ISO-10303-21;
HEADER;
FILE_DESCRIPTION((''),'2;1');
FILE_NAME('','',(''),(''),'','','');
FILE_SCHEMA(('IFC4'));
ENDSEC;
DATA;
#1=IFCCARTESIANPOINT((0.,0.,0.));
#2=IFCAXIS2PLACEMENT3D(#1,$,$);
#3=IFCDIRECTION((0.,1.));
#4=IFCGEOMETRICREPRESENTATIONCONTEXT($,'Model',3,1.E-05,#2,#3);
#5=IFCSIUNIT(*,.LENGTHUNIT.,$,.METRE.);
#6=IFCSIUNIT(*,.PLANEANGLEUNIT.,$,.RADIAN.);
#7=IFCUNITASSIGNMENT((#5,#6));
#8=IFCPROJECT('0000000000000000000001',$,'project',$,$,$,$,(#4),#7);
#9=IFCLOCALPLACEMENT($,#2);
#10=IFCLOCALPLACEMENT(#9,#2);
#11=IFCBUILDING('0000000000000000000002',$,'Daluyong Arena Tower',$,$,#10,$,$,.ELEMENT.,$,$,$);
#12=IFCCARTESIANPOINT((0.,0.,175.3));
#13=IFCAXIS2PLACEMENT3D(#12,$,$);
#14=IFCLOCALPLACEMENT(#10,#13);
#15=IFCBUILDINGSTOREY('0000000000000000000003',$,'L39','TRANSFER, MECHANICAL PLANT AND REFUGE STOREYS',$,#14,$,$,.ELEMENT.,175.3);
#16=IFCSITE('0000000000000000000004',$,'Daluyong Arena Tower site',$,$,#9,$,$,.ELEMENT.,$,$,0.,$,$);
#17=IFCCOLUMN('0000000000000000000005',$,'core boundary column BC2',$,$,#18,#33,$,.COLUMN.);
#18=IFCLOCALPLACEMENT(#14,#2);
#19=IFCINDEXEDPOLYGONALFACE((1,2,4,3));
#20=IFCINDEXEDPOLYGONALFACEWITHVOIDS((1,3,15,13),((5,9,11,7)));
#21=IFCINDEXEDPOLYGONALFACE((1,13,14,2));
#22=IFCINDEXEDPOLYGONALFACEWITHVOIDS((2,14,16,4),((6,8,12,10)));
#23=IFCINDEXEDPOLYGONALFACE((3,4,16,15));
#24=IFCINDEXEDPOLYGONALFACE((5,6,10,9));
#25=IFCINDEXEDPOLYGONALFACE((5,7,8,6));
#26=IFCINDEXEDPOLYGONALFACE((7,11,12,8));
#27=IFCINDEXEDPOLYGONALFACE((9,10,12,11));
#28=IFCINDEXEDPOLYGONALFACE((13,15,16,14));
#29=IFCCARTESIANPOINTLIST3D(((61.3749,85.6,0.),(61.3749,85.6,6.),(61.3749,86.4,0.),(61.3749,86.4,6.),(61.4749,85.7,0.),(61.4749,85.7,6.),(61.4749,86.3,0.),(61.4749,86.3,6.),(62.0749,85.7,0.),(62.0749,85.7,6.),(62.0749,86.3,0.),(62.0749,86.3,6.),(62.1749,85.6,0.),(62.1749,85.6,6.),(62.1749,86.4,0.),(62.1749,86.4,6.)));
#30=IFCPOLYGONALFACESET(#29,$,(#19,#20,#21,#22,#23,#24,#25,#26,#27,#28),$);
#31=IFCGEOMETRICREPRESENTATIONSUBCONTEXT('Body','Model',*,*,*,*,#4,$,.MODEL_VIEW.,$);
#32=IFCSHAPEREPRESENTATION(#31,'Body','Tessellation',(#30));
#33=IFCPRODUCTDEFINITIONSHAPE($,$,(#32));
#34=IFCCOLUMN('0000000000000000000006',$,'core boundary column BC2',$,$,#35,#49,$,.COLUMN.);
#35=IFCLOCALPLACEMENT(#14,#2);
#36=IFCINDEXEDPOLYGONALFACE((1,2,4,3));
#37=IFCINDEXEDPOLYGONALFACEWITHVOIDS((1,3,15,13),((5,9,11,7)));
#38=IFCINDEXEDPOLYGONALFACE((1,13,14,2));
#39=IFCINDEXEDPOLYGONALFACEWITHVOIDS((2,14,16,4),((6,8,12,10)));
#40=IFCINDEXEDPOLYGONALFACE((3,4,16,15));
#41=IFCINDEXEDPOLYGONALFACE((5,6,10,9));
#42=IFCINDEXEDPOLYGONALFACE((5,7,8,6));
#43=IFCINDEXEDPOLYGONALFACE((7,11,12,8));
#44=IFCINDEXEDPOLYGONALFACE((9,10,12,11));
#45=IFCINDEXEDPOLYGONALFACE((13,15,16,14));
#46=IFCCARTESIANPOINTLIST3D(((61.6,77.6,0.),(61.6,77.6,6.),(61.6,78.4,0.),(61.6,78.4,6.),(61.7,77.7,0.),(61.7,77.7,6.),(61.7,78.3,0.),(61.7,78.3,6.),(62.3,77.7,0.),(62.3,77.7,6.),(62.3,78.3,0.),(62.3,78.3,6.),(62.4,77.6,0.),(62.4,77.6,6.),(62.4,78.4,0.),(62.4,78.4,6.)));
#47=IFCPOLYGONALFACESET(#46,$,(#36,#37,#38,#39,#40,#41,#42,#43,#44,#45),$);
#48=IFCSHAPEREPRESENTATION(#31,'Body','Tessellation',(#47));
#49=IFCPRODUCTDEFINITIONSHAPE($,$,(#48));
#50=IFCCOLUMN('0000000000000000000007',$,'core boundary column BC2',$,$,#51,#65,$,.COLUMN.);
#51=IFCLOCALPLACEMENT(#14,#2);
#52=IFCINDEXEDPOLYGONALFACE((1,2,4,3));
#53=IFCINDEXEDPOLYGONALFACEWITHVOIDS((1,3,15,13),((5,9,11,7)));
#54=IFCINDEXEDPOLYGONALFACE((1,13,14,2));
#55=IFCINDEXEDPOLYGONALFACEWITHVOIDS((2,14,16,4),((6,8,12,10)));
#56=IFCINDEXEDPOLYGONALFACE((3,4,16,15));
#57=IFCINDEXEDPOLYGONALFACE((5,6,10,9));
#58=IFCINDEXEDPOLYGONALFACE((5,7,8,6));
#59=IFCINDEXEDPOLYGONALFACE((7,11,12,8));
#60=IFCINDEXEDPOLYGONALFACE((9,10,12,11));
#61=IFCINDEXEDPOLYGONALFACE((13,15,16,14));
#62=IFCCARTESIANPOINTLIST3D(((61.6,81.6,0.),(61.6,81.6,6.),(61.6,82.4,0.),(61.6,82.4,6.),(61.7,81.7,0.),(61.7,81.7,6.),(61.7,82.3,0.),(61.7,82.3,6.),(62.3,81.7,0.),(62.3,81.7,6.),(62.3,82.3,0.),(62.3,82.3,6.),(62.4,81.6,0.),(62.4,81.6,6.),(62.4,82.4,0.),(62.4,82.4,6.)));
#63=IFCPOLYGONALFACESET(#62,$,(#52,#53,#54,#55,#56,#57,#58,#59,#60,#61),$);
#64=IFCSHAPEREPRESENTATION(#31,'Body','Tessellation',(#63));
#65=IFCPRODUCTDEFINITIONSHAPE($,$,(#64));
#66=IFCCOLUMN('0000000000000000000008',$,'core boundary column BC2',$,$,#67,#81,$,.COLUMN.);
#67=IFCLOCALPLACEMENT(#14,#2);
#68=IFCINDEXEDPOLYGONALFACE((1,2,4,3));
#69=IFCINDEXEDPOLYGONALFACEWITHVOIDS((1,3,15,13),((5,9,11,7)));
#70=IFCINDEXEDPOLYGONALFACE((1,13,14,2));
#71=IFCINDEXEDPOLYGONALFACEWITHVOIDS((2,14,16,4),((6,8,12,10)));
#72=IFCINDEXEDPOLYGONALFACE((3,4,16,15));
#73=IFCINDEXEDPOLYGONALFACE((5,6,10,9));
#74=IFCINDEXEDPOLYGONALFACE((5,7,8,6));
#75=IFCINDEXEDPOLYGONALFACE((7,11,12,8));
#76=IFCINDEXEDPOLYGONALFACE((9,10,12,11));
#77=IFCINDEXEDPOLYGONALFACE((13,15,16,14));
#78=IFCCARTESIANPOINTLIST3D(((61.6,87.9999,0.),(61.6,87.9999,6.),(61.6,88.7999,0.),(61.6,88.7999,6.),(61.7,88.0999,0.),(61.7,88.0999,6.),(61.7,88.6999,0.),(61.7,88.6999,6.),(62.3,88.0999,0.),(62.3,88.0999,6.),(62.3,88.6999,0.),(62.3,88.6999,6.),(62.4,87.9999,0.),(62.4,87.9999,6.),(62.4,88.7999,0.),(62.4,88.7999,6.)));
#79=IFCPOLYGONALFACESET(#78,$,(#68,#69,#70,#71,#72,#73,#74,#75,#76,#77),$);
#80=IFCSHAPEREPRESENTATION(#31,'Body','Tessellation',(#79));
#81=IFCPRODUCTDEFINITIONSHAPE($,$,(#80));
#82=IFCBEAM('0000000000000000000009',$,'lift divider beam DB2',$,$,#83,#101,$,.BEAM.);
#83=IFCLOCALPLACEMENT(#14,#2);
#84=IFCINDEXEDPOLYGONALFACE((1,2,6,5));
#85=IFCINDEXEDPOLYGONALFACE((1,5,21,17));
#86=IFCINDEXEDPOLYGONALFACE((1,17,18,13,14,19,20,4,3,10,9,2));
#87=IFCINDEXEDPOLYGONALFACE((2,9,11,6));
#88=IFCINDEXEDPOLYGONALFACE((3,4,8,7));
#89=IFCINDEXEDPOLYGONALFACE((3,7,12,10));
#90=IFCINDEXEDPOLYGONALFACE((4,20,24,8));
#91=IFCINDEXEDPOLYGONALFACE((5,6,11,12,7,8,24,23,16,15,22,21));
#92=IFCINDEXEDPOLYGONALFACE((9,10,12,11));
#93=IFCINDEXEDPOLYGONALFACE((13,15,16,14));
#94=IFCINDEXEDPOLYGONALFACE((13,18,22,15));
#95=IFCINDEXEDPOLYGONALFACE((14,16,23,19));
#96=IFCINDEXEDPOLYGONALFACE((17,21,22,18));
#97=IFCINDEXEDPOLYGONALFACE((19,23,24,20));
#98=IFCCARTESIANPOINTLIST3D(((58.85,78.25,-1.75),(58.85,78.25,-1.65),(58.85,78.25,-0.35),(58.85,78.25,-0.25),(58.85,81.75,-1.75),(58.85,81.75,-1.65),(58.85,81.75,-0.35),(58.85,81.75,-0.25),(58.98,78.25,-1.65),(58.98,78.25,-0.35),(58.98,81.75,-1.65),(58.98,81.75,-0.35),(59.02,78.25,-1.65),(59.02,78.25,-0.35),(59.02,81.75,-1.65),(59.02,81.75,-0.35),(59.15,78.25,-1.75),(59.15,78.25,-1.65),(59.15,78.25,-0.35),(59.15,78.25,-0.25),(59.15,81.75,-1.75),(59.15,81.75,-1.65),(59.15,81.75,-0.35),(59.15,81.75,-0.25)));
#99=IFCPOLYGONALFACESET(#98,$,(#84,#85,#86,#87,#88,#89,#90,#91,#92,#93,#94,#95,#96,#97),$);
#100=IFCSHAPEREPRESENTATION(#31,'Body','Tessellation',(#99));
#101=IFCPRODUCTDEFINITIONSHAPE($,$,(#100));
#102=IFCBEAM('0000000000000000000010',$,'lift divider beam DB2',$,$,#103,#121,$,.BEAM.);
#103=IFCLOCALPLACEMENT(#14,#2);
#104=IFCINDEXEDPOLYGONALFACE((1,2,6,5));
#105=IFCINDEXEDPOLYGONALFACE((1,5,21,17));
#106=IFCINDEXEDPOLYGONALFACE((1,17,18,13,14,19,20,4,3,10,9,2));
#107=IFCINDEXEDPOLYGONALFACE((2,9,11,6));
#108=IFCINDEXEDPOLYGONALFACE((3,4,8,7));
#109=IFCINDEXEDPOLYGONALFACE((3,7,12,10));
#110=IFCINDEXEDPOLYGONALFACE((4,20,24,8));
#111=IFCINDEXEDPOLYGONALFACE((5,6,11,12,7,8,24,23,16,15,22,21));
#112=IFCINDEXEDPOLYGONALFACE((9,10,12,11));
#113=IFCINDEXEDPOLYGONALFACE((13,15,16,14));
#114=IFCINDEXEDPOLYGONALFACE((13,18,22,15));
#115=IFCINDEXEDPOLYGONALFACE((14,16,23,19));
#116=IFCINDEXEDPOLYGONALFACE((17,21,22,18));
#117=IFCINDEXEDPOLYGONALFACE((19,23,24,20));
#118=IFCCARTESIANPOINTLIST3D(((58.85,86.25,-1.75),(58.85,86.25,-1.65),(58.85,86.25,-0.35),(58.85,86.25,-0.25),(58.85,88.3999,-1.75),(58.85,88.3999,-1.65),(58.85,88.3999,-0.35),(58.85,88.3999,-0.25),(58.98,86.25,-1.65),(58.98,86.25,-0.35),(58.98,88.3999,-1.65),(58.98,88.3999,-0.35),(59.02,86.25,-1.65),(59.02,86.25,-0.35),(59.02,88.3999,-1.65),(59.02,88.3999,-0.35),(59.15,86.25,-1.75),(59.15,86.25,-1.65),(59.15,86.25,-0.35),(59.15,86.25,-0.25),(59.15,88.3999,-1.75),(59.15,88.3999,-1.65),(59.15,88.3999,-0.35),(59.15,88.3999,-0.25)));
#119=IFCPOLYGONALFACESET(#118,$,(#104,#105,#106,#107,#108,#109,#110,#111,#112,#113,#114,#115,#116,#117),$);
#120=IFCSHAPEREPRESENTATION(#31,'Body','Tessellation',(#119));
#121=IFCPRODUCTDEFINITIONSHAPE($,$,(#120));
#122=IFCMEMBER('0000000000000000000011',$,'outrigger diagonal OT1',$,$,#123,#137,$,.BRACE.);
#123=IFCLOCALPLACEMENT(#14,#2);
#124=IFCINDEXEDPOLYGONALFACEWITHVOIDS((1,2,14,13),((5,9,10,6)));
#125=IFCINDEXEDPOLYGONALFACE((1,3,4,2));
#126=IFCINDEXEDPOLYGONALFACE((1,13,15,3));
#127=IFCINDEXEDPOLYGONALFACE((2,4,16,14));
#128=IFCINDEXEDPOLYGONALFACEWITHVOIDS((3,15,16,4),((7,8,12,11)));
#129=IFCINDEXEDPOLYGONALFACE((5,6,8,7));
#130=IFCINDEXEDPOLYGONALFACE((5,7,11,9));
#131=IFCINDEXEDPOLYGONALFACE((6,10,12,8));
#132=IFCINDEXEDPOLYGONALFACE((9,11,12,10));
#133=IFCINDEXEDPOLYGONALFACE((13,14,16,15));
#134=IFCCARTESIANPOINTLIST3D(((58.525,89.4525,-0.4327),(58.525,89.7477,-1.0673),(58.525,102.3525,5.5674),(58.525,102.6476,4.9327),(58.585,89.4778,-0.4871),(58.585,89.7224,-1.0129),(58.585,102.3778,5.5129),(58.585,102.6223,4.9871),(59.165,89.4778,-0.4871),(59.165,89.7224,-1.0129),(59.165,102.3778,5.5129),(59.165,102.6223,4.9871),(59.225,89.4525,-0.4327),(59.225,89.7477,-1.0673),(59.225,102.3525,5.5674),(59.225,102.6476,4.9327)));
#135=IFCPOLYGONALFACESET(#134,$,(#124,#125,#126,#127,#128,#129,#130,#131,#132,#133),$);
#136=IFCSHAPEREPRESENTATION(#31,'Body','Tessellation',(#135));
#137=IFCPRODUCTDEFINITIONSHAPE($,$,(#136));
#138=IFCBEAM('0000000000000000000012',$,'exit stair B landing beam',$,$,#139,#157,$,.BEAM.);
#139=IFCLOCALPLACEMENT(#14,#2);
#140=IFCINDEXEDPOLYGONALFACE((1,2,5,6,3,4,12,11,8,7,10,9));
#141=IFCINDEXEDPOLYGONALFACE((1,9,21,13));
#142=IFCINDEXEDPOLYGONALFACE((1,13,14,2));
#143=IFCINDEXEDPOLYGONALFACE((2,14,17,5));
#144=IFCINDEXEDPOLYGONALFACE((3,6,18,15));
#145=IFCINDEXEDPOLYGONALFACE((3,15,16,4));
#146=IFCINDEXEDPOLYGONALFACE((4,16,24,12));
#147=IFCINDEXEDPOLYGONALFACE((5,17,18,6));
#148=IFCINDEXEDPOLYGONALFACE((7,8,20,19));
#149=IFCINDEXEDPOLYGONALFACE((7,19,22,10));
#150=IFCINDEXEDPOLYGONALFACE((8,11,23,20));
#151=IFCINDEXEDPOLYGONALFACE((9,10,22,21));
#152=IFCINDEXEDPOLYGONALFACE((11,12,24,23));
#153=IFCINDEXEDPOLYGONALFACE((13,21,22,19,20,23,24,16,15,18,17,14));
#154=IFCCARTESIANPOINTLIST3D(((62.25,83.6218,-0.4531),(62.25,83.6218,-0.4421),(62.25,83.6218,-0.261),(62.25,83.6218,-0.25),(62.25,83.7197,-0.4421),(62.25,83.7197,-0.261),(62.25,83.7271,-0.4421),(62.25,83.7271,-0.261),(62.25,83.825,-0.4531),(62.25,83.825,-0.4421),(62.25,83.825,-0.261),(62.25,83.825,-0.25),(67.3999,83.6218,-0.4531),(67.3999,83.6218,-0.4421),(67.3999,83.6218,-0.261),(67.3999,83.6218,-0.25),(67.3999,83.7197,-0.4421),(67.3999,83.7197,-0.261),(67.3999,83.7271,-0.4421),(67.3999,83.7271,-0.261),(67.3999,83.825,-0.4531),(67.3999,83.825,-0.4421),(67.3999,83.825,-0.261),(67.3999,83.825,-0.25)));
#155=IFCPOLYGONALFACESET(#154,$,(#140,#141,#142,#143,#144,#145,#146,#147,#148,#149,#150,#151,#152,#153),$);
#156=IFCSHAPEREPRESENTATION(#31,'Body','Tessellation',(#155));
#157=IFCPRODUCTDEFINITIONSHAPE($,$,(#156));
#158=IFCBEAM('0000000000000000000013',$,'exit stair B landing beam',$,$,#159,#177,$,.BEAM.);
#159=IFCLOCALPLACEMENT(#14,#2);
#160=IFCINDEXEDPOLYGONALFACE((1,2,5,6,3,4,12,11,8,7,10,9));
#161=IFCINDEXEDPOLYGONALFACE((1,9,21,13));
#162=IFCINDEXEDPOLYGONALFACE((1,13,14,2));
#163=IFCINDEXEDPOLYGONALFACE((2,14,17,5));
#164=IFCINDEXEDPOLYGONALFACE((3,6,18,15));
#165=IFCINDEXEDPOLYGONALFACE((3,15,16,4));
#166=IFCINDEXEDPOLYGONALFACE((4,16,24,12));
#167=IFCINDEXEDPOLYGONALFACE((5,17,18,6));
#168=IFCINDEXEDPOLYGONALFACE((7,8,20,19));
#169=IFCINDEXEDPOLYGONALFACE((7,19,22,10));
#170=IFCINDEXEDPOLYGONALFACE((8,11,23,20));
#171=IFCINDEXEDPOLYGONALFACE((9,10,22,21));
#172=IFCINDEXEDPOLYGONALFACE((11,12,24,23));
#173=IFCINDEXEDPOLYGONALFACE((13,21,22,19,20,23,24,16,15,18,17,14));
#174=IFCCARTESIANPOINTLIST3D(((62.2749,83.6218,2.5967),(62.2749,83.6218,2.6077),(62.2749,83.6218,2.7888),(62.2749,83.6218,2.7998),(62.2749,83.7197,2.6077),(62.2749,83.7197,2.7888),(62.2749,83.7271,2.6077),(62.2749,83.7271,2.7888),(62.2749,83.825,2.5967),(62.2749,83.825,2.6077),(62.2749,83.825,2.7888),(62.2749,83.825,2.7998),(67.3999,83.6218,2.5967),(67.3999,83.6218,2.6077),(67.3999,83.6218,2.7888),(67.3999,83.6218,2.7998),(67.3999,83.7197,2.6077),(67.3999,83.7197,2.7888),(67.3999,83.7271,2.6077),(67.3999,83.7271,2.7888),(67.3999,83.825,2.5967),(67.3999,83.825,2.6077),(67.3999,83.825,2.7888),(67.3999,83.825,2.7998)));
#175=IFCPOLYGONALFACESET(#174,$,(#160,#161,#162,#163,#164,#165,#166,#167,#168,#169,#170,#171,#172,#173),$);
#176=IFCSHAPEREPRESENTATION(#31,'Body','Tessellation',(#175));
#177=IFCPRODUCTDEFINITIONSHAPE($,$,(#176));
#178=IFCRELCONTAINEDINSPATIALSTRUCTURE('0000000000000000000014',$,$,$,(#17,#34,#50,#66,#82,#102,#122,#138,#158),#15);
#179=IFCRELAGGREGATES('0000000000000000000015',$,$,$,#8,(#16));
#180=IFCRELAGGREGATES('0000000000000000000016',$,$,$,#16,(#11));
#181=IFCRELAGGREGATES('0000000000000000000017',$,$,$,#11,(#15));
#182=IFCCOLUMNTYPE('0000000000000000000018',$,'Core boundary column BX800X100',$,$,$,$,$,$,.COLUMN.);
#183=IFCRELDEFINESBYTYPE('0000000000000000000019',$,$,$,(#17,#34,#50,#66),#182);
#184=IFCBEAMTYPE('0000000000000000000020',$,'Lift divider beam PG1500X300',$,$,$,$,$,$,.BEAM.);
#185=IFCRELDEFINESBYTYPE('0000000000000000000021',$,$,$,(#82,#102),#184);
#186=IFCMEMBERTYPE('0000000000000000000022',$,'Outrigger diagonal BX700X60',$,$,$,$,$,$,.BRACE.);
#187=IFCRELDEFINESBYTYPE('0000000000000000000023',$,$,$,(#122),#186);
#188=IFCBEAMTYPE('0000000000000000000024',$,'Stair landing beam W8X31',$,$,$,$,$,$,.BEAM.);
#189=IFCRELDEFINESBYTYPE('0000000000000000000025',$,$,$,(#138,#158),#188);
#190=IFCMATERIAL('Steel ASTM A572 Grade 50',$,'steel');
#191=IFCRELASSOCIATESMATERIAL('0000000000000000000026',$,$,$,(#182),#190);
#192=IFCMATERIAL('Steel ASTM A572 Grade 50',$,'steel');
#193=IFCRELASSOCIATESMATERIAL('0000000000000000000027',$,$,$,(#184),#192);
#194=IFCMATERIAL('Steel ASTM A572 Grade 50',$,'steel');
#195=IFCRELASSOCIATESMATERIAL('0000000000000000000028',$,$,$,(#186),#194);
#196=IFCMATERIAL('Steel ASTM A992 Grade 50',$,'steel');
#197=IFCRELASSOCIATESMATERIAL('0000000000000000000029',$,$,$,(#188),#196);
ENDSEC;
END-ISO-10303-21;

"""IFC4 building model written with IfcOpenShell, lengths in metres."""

from ifc_helpers import new_model, si_unit, direction, frame, origin, origin_2d, place, context, subcontext, project, spatial, hollow_rectangle, i_section, extrude, material, material_profile, profile_set, type_object, element, save


model = new_model("IFC4")

# Units and contexts
model_context = context("Model", 3, precision=1e-05, world=origin(), true_north=direction((0.0, 1.0)))
body_context = subcontext(model_context, "Body", "Model", "MODEL_VIEW")
ifc_project = project(units=[si_unit("LENGTHUNIT", "METRE"), si_unit("PLANEANGLEUNIT", "RADIAN")], contexts=[model_context])

# Site, building, storey
site_placement = place(None, origin())
site = spatial("IfcSite", under=ifc_project, at=site_placement, Name="Daluyong Arena Tower site", CompositionType="ELEMENT", RefElevation=0.0)
building_placement = place(site_placement, origin())
building = spatial("IfcBuilding", under=site, at=building_placement, Name="Daluyong Arena Tower", CompositionType="ELEMENT")
storey_placement = place(building_placement, frame((0.0, 0.0, 175.3)))
storey = spatial("IfcBuildingStorey", under=building, at=storey_placement, Name="L39", Description="TRANSFER, MECHANICAL PLANT AND REFUGE STOREYS", CompositionType="ELEMENT", Elevation=175.3)

# Columns
ifc_material_1 = material(Name="Steel ASTM A572 Grade 50", Category="steel")
ifc_material_profile_1 = material_profile(ifc_material_1, hollow_rectangle(XDim=0.8, YDim=0.8, WallThickness=0.1, at=origin_2d()))
ifc_profile_set_1 = profile_set([ifc_material_profile_1], Name="Steel ASTM A572 Grade 50")
column_type = type_object("IfcColumnType", Name="Core boundary column BX800X100", PredefinedType="COLUMN", material=ifc_profile_set_1)
for number, where, z_axis, x_axis, name in (
    (1, (61.7749, 86.0, 0.0), (0.0, 0.0, 1.0), (1.0, 0.0, 0.0), "core boundary column BC2"),
    (2, (62.0, 78.0, 0.0), (0.0, 0.0, 1.0), (1.0, 0.0, 0.0), "core boundary column BC2"),
    (3, (62.0, 82.0, 0.0), (0.0, 0.0, 1.0), (1.0, 0.0, 0.0), "core boundary column BC2"),
    (4, (62.0, 88.3999, 0.0), (0.0, 0.0, 1.0), (1.0, 0.0, 0.0), "core boundary column BC2"),
):
    element("IfcColumn", number, at=place(storey_placement, frame(where, z_axis=z_axis, x_axis=x_axis)), inside=storey, type_object=column_type, Name=name, PredefinedType="COLUMN", context=body_context, shape_type="SweptSolid", body=[
        extrude(hollow_rectangle(XDim=0.8, YDim=0.8, WallThickness=0.1, at=origin_2d()), origin(), (0.0, 0.0, 1.0), 6.0),
    ])

# Beams
ifc_material_2 = material(Name="Steel ASTM A572 Grade 50", Category="steel")
ifc_material_profile_2 = material_profile(ifc_material_2, i_section(OverallWidth=0.3, OverallDepth=1.5, WebThickness=0.04, FlangeThickness=0.1, at=origin_2d()))
ifc_profile_set_2 = profile_set([ifc_material_profile_2], Name="Steel ASTM A572 Grade 50")
beam_type_1 = type_object("IfcBeamType", Name="Lift divider beam PG1500X300", PredefinedType="BEAM", material=ifc_profile_set_2)
beam_1_placement = place(storey_placement, frame((59.0, 78.25, -1.0), z_axis=(0.0, 1.0, 0.0), x_axis=(-1.0, 0.0, 0.0)))
element("IfcBeam", 5, at=beam_1_placement, inside=storey, type_object=beam_type_1, Name="lift divider beam DB2", PredefinedType="BEAM", context=body_context, shape_type="SweptSolid", body=[
    extrude(i_section(OverallWidth=0.3, OverallDepth=1.5, WebThickness=0.04, FlangeThickness=0.1, at=origin_2d()), origin(), (0.0, 0.0, 1.0), 3.5),
])
beam_2_placement = place(storey_placement, frame((59.0, 86.25, -1.0), z_axis=(0.0, 1.0, 0.0), x_axis=(-1.0, 0.0, 0.0)))
element("IfcBeam", 6, at=beam_2_placement, inside=storey, type_object=beam_type_1, Name="lift divider beam DB2", PredefinedType="BEAM", context=body_context, shape_type="SweptSolid", body=[
    extrude(i_section(OverallWidth=0.3, OverallDepth=1.5, WebThickness=0.04, FlangeThickness=0.1, at=origin_2d()), origin(), (0.0, 0.0, 1.0), 2.1499),
])

# Member
ifc_material_3 = material(Name="Steel ASTM A572 Grade 50", Category="steel")
ifc_material_profile_3 = material_profile(ifc_material_3, hollow_rectangle(XDim=0.7, YDim=0.7, WallThickness=0.06, at=origin_2d()))
ifc_profile_set_3 = profile_set([ifc_material_profile_3], Name="Steel ASTM A572 Grade 50")
member_type = type_object("IfcMemberType", Name="Outrigger diagonal BX700X60", PredefinedType="BRACE", material=ifc_profile_set_3)
member_placement = place(storey_placement, frame((58.875, 89.6001, -0.75), z_axis=(0.0, 0.90672, 0.421733), x_axis=(-1.0, 0.0, 0.0)))
element("IfcMember", 7, at=member_placement, inside=storey, type_object=member_type, Name="outrigger diagonal OT1", PredefinedType="BRACE", context=body_context, shape_type="SweptSolid", body=[
    extrude(hollow_rectangle(XDim=0.7, YDim=0.7, WallThickness=0.06, at=origin_2d()), origin(), (0.0, 0.0, 1.0), 14.2271),
])

# Beams
ifc_material_4 = material(Name="Steel ASTM A992 Grade 50", Category="steel")
ifc_material_profile_4 = material_profile(ifc_material_4, i_section(OverallWidth=0.2031, OverallDepth=0.2031, WebThickness=0.0073, FlangeThickness=0.011, at=origin_2d()))
ifc_profile_set_4 = profile_set([ifc_material_profile_4], Name="Steel ASTM A992 Grade 50")
beam_type_2 = type_object("IfcBeamType", Name="Stair landing beam W8X31", PredefinedType="BEAM", material=ifc_profile_set_4)
beam_3_placement = place(storey_placement, frame((62.25, 83.7234, -0.3516), z_axis=(1.0, 0.0, 0.0), x_axis=(0.0, 1.0, 0.0)))
element("IfcBeam", 8, at=beam_3_placement, inside=storey, type_object=beam_type_2, Name="exit stair B landing beam", PredefinedType="BEAM", context=body_context, shape_type="SweptSolid", body=[
    extrude(i_section(OverallWidth=0.2031, OverallDepth=0.2031, WebThickness=0.0073, FlangeThickness=0.011, at=origin_2d()), origin(), (0.0, 0.0, 1.0), 5.1499),
])
beam_4_placement = place(storey_placement, frame((62.2749, 83.7234, 2.6982), z_axis=(1.0, 0.0, 0.0), x_axis=(0.0, 1.0, 0.0)))
element("IfcBeam", 9, at=beam_4_placement, inside=storey, type_object=beam_type_2, Name="exit stair B landing beam", PredefinedType="BEAM", context=body_context, shape_type="SweptSolid", body=[
    extrude(i_section(OverallWidth=0.2031, OverallDepth=0.2031, WebThickness=0.0073, FlangeThickness=0.011, at=origin_2d()), origin(), (0.0, 0.0, 1.0), 5.125),
])

save(model, "model.ifc")
